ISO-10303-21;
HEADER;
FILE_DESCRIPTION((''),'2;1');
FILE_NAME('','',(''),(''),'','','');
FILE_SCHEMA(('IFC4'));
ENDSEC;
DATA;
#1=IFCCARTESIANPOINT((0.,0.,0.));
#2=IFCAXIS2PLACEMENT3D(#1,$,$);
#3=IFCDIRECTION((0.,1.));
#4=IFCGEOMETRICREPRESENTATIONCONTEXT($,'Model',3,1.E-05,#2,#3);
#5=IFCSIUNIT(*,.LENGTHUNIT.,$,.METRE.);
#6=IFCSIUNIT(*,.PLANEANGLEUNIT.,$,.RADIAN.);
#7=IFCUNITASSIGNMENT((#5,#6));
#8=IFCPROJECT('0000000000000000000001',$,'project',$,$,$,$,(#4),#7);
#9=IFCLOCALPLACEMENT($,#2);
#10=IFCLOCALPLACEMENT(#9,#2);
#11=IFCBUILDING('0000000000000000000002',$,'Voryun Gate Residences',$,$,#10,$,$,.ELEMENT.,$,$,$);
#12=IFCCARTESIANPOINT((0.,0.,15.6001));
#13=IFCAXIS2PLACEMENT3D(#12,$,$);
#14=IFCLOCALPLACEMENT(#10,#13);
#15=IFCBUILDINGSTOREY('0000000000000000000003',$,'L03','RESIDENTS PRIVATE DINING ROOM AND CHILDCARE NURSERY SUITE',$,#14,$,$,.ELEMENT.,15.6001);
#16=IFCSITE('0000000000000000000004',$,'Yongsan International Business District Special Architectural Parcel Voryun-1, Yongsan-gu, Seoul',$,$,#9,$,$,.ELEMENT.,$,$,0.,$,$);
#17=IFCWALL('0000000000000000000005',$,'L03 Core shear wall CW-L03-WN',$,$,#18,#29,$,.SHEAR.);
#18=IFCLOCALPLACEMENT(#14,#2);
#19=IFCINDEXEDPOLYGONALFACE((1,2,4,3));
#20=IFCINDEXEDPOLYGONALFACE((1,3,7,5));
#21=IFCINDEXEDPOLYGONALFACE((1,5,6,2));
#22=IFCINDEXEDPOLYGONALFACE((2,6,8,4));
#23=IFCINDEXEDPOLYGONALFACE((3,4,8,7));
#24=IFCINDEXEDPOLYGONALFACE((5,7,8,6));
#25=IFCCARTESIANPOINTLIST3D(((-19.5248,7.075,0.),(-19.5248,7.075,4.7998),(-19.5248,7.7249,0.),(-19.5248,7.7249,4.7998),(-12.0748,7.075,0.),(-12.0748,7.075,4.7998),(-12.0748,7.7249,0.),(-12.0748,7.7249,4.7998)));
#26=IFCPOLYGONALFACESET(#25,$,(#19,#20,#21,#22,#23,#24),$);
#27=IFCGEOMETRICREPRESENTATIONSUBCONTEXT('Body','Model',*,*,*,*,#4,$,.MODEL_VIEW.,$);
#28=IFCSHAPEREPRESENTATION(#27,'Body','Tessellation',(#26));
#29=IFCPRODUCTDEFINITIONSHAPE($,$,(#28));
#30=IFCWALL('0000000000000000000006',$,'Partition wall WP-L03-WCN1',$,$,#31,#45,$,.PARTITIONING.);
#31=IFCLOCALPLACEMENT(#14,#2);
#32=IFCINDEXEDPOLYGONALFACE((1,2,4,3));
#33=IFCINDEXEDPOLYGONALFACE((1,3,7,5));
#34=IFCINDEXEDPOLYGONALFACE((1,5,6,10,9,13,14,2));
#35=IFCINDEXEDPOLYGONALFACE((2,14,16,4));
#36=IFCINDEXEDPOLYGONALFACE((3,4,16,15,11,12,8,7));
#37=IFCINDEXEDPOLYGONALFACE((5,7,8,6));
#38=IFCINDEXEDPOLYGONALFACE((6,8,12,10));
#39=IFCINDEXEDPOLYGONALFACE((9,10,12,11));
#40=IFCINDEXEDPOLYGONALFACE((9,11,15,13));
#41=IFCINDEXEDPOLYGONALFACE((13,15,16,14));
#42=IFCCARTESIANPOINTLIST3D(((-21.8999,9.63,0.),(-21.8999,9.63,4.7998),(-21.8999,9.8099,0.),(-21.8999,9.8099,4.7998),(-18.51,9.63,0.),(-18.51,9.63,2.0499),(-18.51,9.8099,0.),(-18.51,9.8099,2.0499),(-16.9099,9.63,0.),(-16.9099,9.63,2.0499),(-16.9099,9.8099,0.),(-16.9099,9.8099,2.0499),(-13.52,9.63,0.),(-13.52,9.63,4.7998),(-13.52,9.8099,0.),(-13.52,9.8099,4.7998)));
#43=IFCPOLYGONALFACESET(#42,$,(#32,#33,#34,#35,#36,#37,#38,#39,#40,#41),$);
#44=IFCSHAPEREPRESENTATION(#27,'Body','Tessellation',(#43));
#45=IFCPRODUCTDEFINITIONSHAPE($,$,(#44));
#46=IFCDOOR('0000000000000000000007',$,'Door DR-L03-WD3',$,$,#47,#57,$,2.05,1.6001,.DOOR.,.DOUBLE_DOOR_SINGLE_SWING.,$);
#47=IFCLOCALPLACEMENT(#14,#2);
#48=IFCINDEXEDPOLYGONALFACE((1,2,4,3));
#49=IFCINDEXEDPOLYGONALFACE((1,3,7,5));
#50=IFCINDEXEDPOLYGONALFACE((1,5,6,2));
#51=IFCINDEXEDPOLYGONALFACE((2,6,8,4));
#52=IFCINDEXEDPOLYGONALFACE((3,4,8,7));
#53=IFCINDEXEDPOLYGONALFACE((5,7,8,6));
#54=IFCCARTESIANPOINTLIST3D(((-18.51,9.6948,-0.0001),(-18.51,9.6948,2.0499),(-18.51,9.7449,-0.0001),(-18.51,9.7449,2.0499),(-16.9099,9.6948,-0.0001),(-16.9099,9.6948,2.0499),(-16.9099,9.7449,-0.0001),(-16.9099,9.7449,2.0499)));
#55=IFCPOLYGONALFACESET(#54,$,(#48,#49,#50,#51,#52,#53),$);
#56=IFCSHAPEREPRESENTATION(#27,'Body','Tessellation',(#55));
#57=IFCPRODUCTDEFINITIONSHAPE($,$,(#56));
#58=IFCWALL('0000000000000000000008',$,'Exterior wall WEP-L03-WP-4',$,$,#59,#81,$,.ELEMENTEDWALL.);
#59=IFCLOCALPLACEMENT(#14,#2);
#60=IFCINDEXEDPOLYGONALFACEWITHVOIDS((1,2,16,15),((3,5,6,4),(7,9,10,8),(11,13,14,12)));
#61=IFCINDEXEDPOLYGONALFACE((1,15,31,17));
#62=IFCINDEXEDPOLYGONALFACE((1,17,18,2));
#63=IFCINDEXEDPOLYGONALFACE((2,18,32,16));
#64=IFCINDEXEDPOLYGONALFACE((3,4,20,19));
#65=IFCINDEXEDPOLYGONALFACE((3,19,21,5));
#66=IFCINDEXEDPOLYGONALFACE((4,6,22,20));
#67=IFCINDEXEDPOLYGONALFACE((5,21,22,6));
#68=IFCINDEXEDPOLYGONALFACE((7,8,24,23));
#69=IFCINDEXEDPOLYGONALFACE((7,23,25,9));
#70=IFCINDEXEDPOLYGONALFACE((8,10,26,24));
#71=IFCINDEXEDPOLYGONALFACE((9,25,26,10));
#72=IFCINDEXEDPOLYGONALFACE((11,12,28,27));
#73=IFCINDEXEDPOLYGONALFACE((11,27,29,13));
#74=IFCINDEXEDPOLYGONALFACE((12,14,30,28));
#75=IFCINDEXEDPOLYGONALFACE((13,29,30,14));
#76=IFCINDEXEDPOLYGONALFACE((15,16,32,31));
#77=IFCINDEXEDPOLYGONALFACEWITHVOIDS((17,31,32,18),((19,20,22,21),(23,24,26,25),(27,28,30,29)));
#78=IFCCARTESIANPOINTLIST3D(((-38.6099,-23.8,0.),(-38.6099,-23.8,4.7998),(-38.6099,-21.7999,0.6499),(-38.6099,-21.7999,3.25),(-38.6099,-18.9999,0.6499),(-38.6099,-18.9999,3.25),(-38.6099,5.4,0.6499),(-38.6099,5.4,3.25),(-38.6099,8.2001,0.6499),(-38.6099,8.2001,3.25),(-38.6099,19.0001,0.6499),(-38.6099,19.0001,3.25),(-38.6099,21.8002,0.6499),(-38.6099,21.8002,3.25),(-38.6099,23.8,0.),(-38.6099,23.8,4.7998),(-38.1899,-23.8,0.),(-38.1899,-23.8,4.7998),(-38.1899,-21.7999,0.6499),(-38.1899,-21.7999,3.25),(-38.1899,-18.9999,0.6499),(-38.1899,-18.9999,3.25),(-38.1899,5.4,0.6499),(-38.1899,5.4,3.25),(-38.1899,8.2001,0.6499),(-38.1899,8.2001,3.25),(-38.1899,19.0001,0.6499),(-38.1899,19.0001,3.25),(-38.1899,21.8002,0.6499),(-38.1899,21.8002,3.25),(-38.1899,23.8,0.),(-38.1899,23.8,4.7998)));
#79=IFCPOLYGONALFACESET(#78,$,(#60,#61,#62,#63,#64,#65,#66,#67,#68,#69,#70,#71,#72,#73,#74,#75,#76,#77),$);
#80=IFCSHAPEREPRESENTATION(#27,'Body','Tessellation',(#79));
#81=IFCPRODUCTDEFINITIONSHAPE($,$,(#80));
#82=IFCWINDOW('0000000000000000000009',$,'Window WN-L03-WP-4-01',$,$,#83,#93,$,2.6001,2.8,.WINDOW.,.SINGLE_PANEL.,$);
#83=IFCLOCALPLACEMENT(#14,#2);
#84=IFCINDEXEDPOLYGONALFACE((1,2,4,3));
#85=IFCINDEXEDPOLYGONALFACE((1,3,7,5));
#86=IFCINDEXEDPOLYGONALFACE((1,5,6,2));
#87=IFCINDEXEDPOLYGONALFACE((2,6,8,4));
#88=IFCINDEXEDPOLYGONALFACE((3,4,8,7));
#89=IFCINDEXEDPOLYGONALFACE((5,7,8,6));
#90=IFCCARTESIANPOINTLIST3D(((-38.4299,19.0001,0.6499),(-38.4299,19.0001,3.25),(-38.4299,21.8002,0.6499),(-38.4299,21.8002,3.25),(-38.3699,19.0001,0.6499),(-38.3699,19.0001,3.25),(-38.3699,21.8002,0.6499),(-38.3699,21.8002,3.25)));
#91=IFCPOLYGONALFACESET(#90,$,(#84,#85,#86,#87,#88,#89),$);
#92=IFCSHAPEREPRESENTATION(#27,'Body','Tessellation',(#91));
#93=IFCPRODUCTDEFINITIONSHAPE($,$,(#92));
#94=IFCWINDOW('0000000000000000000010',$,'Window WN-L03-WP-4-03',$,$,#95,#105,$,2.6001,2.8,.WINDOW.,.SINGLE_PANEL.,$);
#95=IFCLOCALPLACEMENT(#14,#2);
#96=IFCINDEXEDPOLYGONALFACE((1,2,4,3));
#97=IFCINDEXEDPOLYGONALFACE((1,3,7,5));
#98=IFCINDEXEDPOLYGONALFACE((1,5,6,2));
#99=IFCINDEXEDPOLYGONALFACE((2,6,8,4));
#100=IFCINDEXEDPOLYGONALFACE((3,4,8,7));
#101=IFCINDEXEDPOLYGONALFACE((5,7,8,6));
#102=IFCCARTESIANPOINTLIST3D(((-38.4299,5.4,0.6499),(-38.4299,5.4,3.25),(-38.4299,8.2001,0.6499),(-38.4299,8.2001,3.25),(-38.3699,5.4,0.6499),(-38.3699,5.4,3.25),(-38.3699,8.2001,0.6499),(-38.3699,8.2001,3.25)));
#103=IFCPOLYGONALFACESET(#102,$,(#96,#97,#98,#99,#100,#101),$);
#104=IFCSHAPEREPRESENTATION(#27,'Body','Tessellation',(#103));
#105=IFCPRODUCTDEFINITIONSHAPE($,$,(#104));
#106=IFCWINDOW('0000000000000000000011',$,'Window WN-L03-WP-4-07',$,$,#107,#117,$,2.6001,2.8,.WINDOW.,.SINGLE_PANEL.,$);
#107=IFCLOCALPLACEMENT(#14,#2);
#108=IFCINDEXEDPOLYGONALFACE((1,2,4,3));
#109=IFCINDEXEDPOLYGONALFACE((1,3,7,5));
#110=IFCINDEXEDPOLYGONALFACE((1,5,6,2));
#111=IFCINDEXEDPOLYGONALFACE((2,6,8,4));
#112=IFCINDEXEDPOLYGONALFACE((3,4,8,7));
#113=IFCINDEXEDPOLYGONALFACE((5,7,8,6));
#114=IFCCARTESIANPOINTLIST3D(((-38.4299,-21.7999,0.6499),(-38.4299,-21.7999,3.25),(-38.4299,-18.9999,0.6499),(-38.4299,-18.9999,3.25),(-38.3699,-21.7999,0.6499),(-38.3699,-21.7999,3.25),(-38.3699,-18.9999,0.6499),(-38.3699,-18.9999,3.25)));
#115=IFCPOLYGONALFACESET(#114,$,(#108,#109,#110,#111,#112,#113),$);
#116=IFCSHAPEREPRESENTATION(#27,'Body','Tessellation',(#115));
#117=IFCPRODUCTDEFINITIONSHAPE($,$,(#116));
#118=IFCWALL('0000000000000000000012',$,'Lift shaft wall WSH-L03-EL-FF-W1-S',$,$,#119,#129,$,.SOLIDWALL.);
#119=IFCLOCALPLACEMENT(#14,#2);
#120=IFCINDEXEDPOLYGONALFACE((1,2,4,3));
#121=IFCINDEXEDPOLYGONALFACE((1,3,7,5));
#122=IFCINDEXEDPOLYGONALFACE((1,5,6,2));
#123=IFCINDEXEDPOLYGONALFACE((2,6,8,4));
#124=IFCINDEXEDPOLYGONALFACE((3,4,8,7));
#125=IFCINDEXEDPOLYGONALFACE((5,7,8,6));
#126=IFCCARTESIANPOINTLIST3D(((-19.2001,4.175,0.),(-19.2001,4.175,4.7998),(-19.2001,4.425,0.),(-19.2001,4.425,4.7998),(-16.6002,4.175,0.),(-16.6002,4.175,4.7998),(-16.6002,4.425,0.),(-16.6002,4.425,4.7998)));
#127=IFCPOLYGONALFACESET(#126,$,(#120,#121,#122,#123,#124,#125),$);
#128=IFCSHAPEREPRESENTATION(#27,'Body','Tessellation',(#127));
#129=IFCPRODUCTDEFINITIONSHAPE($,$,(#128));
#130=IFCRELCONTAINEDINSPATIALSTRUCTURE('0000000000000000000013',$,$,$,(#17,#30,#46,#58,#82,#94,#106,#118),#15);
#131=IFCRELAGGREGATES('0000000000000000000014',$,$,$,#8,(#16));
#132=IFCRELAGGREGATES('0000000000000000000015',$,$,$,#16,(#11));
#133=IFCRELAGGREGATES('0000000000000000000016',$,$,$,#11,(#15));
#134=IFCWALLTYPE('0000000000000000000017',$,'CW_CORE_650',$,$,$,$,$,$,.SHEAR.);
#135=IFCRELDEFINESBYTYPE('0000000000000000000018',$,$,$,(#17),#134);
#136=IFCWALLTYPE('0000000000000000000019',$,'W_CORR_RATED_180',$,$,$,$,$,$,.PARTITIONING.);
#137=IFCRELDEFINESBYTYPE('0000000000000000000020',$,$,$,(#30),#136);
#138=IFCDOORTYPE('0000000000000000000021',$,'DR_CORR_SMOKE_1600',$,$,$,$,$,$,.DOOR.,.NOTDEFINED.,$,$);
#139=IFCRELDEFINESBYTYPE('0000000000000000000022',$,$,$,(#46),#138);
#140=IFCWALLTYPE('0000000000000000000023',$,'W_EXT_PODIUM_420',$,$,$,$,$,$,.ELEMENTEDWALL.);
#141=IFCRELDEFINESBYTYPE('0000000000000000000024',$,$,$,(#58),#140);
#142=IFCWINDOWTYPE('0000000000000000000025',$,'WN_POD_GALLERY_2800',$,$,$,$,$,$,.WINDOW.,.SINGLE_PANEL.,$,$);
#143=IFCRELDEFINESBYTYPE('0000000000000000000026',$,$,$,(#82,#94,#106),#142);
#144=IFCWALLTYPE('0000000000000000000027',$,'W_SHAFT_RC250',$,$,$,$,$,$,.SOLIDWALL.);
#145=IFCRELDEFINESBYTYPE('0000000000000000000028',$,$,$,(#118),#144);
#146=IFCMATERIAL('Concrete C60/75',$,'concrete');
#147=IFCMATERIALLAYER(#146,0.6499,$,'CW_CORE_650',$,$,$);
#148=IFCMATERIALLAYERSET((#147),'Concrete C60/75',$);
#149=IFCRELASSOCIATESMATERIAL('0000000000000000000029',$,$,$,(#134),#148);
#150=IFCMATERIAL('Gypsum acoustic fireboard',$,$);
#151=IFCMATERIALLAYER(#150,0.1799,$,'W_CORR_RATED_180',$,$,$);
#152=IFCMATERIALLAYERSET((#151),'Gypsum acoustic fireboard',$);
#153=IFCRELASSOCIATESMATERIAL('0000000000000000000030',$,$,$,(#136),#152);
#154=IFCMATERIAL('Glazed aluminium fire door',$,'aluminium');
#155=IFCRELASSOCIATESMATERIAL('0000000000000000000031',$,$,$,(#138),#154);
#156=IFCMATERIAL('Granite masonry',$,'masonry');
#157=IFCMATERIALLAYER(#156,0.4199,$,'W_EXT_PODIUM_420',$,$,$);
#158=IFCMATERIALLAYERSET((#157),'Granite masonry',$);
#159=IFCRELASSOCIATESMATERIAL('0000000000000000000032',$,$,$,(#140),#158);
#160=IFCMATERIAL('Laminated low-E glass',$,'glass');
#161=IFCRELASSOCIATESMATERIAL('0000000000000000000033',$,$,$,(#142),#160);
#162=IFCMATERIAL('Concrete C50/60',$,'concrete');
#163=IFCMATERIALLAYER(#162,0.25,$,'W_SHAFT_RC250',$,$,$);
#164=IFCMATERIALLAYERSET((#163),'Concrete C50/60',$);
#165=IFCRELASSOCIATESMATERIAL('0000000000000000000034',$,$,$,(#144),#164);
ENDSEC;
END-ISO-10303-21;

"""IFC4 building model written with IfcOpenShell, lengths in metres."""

from ifc_helpers import new_model, si_unit, direction, frame, frame_2d, origin, place, context, subcontext, project, spatial, rectangle, extrude, material, layer, layer_set, type_object, element, fill, save


model = new_model("IFC4")

# Units and contexts
model_context = context("Model", 3, precision=1e-05, world=origin(), true_north=direction((0.0, 1.0)))
body_context = subcontext(model_context, "Body", "Model", "MODEL_VIEW")
ifc_project = project(units=[si_unit("LENGTHUNIT", "METRE"), si_unit("PLANEANGLEUNIT", "RADIAN")], contexts=[model_context])

# Site, building, storey
site_placement = place(None, origin())
site = spatial("IfcSite", under=ifc_project, at=site_placement, Name="Yongsan International Business District Special Architectural Parcel Voryun-1, Yongsan-gu, Seoul", CompositionType="ELEMENT", RefElevation=0.0)
building_placement = place(site_placement, origin())
building = spatial("IfcBuilding", under=site, at=building_placement, Name="Voryun Gate Residences", CompositionType="ELEMENT")
storey_placement = place(building_placement, frame((0.0, 0.0, 15.6001)))
storey = spatial("IfcBuildingStorey", under=building, at=storey_placement, Name="L03", Description="RESIDENTS PRIVATE DINING ROOM AND CHILDCARE NURSERY SUITE", CompositionType="ELEMENT", Elevation=15.6001)

# Wall
ifc_material_1 = material(Name="Concrete C60/75", Category="concrete")
ifc_layer_1 = layer(ifc_material_1, 0.6499, Name="CW_CORE_650")
ifc_layer_set_1 = layer_set([ifc_layer_1], Name="Concrete C60/75")
wall_type_1 = type_object("IfcWallType", Name="CW_CORE_650", PredefinedType="SHEAR", material=ifc_layer_set_1)
wall_1_placement = place(storey_placement, frame((-19.5249, 7.3999, 0.0), z_axis=(0.0, 0.0, 1.0), x_axis=(1.0, 0.0, 0.0)))
element("IfcWall", 1, at=wall_1_placement, inside=storey, type_object=wall_type_1, Name="L03 Core shear wall CW-L03-WN", PredefinedType="SHEAR", context=body_context, shape_type="SweptSolid", body=[
    extrude(rectangle(XDim=7.45, YDim=0.6499, at=frame_2d((3.7251, 0.0))), origin(), (0.0, 0.0, 1.0), 4.7998),
])

# Wall, opening, door
ifc_material_2 = material(Name="Gypsum acoustic fireboard")
ifc_layer_2 = layer(ifc_material_2, 0.1799, Name="W_CORR_RATED_180")
ifc_layer_set_2 = layer_set([ifc_layer_2], Name="Gypsum acoustic fireboard")
wall_type_2 = type_object("IfcWallType", Name="W_CORR_RATED_180", PredefinedType="PARTITIONING", material=ifc_layer_set_2)
wall_2_placement = place(storey_placement, frame((-21.8999, 9.72, 0.0), z_axis=(0.0, 0.0, 1.0), x_axis=(1.0, 0.0, 0.0)))
wall_2 = element("IfcWall", 2, at=wall_2_placement, inside=storey, type_object=wall_type_2, Name="Partition wall WP-L03-WCN1", PredefinedType="PARTITIONING", context=body_context, shape_type="SweptSolid", body=[
    extrude(rectangle(XDim=8.3799, YDim=0.1799, at=frame_2d((4.1899, 0.0))), origin(), (0.0, 0.0, 1.0), 4.7998),
])
opening_1_placement = place(wall_2_placement, frame((3.3899, 0.0, 0.0)))
opening_1 = element("IfcOpeningElement", 3, at=opening_1_placement, cuts=wall_2, PredefinedType="OPENING", context=body_context, shape_type="SweptSolid", body=[
    extrude(rectangle(XDim=1.6001, YDim=2.05, at=frame_2d((0.8, 1.0249))), frame((0.0, 0.0999, 0.0), z_axis=(0.0, -1.0, 0.0), x_axis=(1.0, 0.0, 0.0)), (0.0, 0.0, 1.0), 0.2),
])
ifc_material_3 = material(Name="Glazed aluminium fire door", Category="aluminium")
door_type = type_object("IfcDoorType", Name="DR_CORR_SMOKE_1600", OperationType="NOTDEFINED", PredefinedType="DOOR", material=ifc_material_3)
door_placement = place(opening_1_placement, origin())
door = element("IfcDoor", 4, at=door_placement, inside=storey, type_object=door_type, Name="Door DR-L03-WD3", OperationType="DOUBLE_DOOR_SINGLE_SWING", OverallHeight=2.05, OverallWidth=1.6001, PredefinedType="DOOR", context=body_context, shape_type="SweptSolid", body=[
    extrude(rectangle(XDim=1.6001, YDim=2.05, at=frame_2d((0.8, 1.0249))), frame((0.0, 0.0249, 0.0), z_axis=(0.0, -1.0, 0.0), x_axis=(1.0, 0.0, 0.0)), (0.0, 0.0, 1.0), 0.05),
])
fill(opening_1, door)

# Wall, openings, windows
ifc_material_4 = material(Name="Granite masonry", Category="masonry")
ifc_layer_3 = layer(ifc_material_4, 0.4199, Name="W_EXT_PODIUM_420")
ifc_layer_set_3 = layer_set([ifc_layer_3], Name="Granite masonry")
wall_type_3 = type_object("IfcWallType", Name="W_EXT_PODIUM_420", PredefinedType="ELEMENTEDWALL", material=ifc_layer_set_3)
wall_3_placement = place(storey_placement, frame((-38.3999, 23.8, 0.0), z_axis=(0.0, 0.0, 1.0), x_axis=(0.0, -1.0, 0.0)))
wall_3 = element("IfcWall", 5, at=wall_3_placement, inside=storey, type_object=wall_type_3, Name="Exterior wall WEP-L03-WP-4", PredefinedType="ELEMENTEDWALL", context=body_context, shape_type="SweptSolid", body=[
    extrude(rectangle(XDim=47.6001, YDim=0.4199, at=frame_2d((23.8, 0.0))), origin(), (0.0, 0.0, 1.0), 4.7998),
])
opening_2_placement = place(wall_3_placement, frame((2.0, 0.0, 0.6499)))
opening_2 = element("IfcOpeningElement", 6, at=opening_2_placement, cuts=wall_3, PredefinedType="OPENING", context=body_context, shape_type="SweptSolid", body=[
    extrude(rectangle(XDim=2.8, YDim=2.6001, at=frame_2d((1.3999, 1.3))), frame((0.0, 0.22, 0.0), z_axis=(0.0, -1.0, 0.0), x_axis=(1.0, 0.0, 0.0)), (0.0, 0.0, 1.0), 0.4399),
])
opening_3_placement = place(wall_3_placement, frame((15.6001, 0.0, 0.6499)))
opening_3 = element("IfcOpeningElement", 7, at=opening_3_placement, cuts=wall_3, PredefinedType="OPENING", context=body_context, shape_type="SweptSolid", body=[
    extrude(rectangle(XDim=2.8, YDim=2.6001, at=frame_2d((1.3999, 1.3))), frame((0.0, 0.22, 0.0), z_axis=(0.0, -1.0, 0.0), x_axis=(1.0, 0.0, 0.0)), (0.0, 0.0, 1.0), 0.4399),
])
opening_4_placement = place(wall_3_placement, frame((42.8, 0.0, 0.6499)))
opening_4 = element("IfcOpeningElement", 8, at=opening_4_placement, cuts=wall_3, PredefinedType="OPENING", context=body_context, shape_type="SweptSolid", body=[
    extrude(rectangle(XDim=2.8, YDim=2.6001, at=frame_2d((1.3999, 1.3))), frame((0.0, 0.22, 0.0), z_axis=(0.0, -1.0, 0.0), x_axis=(1.0, 0.0, 0.0)), (0.0, 0.0, 1.0), 0.4399),
])
ifc_material_5 = material(Name="Laminated low-E glass", Category="glass")
window_type = type_object("IfcWindowType", Name="WN_POD_GALLERY_2800", PartitioningType="SINGLE_PANEL", PredefinedType="WINDOW", material=ifc_material_5)
window_1_placement = place(opening_2_placement, origin())
window_1 = element("IfcWindow", 9, at=window_1_placement, inside=storey, type_object=window_type, Name="Window WN-L03-WP-4-01", OverallHeight=2.6001, OverallWidth=2.8, PartitioningType="SINGLE_PANEL", PredefinedType="WINDOW", context=body_context, shape_type="SweptSolid", body=[
    extrude(rectangle(XDim=2.8, YDim=2.6001, at=frame_2d((1.3999, 1.3))), frame((0.0, 0.03, 0.0), z_axis=(0.0, -1.0, 0.0), x_axis=(1.0, 0.0, 0.0)), (0.0, 0.0, 1.0), 0.0601),
])
fill(opening_2, window_1)
window_2_placement = place(opening_3_placement, origin())
window_2 = element("IfcWindow", 10, at=window_2_placement, inside=storey, type_object=window_type, Name="Window WN-L03-WP-4-03", OverallHeight=2.6001, OverallWidth=2.8, PartitioningType="SINGLE_PANEL", PredefinedType="WINDOW", context=body_context, shape_type="SweptSolid", body=[
    extrude(rectangle(XDim=2.8, YDim=2.6001, at=frame_2d((1.3999, 1.3))), frame((0.0, 0.03, 0.0), z_axis=(0.0, -1.0, 0.0), x_axis=(1.0, 0.0, 0.0)), (0.0, 0.0, 1.0), 0.0601),
])
fill(opening_3, window_2)
window_3_placement = place(opening_4_placement, origin())
window_3 = element("IfcWindow", 11, at=window_3_placement, inside=storey, type_object=window_type, Name="Window WN-L03-WP-4-07", OverallHeight=2.6001, OverallWidth=2.8, PartitioningType="SINGLE_PANEL", PredefinedType="WINDOW", context=body_context, shape_type="SweptSolid", body=[
    extrude(rectangle(XDim=2.8, YDim=2.6001, at=frame_2d((1.3999, 1.3))), frame((0.0, 0.03, 0.0), z_axis=(0.0, -1.0, 0.0), x_axis=(1.0, 0.0, 0.0)), (0.0, 0.0, 1.0), 0.0601),
])
fill(opening_4, window_3)

# Wall
ifc_material_6 = material(Name="Concrete C50/60", Category="concrete")
ifc_layer_4 = layer(ifc_material_6, 0.25, Name="W_SHAFT_RC250")
ifc_layer_set_4 = layer_set([ifc_layer_4], Name="Concrete C50/60")
wall_type_4 = type_object("IfcWallType", Name="W_SHAFT_RC250", PredefinedType="SOLIDWALL", material=ifc_layer_set_4)
wall_4_placement = place(storey_placement, frame((-19.2, 4.3, 0.0), z_axis=(0.0, 0.0, 1.0), x_axis=(1.0, 0.0, 0.0)))
element("IfcWall", 12, at=wall_4_placement, inside=storey, type_object=wall_type_4, Name="Lift shaft wall WSH-L03-EL-FF-W1-S", PredefinedType="SOLIDWALL", context=body_context, shape_type="SweptSolid", body=[
    extrude(rectangle(XDim=2.5999, YDim=0.25, at=frame_2d((1.2998, 0.0))), origin(), (0.0, 0.0, 1.0), 4.7998),
])

save(model, "model.ifc")
